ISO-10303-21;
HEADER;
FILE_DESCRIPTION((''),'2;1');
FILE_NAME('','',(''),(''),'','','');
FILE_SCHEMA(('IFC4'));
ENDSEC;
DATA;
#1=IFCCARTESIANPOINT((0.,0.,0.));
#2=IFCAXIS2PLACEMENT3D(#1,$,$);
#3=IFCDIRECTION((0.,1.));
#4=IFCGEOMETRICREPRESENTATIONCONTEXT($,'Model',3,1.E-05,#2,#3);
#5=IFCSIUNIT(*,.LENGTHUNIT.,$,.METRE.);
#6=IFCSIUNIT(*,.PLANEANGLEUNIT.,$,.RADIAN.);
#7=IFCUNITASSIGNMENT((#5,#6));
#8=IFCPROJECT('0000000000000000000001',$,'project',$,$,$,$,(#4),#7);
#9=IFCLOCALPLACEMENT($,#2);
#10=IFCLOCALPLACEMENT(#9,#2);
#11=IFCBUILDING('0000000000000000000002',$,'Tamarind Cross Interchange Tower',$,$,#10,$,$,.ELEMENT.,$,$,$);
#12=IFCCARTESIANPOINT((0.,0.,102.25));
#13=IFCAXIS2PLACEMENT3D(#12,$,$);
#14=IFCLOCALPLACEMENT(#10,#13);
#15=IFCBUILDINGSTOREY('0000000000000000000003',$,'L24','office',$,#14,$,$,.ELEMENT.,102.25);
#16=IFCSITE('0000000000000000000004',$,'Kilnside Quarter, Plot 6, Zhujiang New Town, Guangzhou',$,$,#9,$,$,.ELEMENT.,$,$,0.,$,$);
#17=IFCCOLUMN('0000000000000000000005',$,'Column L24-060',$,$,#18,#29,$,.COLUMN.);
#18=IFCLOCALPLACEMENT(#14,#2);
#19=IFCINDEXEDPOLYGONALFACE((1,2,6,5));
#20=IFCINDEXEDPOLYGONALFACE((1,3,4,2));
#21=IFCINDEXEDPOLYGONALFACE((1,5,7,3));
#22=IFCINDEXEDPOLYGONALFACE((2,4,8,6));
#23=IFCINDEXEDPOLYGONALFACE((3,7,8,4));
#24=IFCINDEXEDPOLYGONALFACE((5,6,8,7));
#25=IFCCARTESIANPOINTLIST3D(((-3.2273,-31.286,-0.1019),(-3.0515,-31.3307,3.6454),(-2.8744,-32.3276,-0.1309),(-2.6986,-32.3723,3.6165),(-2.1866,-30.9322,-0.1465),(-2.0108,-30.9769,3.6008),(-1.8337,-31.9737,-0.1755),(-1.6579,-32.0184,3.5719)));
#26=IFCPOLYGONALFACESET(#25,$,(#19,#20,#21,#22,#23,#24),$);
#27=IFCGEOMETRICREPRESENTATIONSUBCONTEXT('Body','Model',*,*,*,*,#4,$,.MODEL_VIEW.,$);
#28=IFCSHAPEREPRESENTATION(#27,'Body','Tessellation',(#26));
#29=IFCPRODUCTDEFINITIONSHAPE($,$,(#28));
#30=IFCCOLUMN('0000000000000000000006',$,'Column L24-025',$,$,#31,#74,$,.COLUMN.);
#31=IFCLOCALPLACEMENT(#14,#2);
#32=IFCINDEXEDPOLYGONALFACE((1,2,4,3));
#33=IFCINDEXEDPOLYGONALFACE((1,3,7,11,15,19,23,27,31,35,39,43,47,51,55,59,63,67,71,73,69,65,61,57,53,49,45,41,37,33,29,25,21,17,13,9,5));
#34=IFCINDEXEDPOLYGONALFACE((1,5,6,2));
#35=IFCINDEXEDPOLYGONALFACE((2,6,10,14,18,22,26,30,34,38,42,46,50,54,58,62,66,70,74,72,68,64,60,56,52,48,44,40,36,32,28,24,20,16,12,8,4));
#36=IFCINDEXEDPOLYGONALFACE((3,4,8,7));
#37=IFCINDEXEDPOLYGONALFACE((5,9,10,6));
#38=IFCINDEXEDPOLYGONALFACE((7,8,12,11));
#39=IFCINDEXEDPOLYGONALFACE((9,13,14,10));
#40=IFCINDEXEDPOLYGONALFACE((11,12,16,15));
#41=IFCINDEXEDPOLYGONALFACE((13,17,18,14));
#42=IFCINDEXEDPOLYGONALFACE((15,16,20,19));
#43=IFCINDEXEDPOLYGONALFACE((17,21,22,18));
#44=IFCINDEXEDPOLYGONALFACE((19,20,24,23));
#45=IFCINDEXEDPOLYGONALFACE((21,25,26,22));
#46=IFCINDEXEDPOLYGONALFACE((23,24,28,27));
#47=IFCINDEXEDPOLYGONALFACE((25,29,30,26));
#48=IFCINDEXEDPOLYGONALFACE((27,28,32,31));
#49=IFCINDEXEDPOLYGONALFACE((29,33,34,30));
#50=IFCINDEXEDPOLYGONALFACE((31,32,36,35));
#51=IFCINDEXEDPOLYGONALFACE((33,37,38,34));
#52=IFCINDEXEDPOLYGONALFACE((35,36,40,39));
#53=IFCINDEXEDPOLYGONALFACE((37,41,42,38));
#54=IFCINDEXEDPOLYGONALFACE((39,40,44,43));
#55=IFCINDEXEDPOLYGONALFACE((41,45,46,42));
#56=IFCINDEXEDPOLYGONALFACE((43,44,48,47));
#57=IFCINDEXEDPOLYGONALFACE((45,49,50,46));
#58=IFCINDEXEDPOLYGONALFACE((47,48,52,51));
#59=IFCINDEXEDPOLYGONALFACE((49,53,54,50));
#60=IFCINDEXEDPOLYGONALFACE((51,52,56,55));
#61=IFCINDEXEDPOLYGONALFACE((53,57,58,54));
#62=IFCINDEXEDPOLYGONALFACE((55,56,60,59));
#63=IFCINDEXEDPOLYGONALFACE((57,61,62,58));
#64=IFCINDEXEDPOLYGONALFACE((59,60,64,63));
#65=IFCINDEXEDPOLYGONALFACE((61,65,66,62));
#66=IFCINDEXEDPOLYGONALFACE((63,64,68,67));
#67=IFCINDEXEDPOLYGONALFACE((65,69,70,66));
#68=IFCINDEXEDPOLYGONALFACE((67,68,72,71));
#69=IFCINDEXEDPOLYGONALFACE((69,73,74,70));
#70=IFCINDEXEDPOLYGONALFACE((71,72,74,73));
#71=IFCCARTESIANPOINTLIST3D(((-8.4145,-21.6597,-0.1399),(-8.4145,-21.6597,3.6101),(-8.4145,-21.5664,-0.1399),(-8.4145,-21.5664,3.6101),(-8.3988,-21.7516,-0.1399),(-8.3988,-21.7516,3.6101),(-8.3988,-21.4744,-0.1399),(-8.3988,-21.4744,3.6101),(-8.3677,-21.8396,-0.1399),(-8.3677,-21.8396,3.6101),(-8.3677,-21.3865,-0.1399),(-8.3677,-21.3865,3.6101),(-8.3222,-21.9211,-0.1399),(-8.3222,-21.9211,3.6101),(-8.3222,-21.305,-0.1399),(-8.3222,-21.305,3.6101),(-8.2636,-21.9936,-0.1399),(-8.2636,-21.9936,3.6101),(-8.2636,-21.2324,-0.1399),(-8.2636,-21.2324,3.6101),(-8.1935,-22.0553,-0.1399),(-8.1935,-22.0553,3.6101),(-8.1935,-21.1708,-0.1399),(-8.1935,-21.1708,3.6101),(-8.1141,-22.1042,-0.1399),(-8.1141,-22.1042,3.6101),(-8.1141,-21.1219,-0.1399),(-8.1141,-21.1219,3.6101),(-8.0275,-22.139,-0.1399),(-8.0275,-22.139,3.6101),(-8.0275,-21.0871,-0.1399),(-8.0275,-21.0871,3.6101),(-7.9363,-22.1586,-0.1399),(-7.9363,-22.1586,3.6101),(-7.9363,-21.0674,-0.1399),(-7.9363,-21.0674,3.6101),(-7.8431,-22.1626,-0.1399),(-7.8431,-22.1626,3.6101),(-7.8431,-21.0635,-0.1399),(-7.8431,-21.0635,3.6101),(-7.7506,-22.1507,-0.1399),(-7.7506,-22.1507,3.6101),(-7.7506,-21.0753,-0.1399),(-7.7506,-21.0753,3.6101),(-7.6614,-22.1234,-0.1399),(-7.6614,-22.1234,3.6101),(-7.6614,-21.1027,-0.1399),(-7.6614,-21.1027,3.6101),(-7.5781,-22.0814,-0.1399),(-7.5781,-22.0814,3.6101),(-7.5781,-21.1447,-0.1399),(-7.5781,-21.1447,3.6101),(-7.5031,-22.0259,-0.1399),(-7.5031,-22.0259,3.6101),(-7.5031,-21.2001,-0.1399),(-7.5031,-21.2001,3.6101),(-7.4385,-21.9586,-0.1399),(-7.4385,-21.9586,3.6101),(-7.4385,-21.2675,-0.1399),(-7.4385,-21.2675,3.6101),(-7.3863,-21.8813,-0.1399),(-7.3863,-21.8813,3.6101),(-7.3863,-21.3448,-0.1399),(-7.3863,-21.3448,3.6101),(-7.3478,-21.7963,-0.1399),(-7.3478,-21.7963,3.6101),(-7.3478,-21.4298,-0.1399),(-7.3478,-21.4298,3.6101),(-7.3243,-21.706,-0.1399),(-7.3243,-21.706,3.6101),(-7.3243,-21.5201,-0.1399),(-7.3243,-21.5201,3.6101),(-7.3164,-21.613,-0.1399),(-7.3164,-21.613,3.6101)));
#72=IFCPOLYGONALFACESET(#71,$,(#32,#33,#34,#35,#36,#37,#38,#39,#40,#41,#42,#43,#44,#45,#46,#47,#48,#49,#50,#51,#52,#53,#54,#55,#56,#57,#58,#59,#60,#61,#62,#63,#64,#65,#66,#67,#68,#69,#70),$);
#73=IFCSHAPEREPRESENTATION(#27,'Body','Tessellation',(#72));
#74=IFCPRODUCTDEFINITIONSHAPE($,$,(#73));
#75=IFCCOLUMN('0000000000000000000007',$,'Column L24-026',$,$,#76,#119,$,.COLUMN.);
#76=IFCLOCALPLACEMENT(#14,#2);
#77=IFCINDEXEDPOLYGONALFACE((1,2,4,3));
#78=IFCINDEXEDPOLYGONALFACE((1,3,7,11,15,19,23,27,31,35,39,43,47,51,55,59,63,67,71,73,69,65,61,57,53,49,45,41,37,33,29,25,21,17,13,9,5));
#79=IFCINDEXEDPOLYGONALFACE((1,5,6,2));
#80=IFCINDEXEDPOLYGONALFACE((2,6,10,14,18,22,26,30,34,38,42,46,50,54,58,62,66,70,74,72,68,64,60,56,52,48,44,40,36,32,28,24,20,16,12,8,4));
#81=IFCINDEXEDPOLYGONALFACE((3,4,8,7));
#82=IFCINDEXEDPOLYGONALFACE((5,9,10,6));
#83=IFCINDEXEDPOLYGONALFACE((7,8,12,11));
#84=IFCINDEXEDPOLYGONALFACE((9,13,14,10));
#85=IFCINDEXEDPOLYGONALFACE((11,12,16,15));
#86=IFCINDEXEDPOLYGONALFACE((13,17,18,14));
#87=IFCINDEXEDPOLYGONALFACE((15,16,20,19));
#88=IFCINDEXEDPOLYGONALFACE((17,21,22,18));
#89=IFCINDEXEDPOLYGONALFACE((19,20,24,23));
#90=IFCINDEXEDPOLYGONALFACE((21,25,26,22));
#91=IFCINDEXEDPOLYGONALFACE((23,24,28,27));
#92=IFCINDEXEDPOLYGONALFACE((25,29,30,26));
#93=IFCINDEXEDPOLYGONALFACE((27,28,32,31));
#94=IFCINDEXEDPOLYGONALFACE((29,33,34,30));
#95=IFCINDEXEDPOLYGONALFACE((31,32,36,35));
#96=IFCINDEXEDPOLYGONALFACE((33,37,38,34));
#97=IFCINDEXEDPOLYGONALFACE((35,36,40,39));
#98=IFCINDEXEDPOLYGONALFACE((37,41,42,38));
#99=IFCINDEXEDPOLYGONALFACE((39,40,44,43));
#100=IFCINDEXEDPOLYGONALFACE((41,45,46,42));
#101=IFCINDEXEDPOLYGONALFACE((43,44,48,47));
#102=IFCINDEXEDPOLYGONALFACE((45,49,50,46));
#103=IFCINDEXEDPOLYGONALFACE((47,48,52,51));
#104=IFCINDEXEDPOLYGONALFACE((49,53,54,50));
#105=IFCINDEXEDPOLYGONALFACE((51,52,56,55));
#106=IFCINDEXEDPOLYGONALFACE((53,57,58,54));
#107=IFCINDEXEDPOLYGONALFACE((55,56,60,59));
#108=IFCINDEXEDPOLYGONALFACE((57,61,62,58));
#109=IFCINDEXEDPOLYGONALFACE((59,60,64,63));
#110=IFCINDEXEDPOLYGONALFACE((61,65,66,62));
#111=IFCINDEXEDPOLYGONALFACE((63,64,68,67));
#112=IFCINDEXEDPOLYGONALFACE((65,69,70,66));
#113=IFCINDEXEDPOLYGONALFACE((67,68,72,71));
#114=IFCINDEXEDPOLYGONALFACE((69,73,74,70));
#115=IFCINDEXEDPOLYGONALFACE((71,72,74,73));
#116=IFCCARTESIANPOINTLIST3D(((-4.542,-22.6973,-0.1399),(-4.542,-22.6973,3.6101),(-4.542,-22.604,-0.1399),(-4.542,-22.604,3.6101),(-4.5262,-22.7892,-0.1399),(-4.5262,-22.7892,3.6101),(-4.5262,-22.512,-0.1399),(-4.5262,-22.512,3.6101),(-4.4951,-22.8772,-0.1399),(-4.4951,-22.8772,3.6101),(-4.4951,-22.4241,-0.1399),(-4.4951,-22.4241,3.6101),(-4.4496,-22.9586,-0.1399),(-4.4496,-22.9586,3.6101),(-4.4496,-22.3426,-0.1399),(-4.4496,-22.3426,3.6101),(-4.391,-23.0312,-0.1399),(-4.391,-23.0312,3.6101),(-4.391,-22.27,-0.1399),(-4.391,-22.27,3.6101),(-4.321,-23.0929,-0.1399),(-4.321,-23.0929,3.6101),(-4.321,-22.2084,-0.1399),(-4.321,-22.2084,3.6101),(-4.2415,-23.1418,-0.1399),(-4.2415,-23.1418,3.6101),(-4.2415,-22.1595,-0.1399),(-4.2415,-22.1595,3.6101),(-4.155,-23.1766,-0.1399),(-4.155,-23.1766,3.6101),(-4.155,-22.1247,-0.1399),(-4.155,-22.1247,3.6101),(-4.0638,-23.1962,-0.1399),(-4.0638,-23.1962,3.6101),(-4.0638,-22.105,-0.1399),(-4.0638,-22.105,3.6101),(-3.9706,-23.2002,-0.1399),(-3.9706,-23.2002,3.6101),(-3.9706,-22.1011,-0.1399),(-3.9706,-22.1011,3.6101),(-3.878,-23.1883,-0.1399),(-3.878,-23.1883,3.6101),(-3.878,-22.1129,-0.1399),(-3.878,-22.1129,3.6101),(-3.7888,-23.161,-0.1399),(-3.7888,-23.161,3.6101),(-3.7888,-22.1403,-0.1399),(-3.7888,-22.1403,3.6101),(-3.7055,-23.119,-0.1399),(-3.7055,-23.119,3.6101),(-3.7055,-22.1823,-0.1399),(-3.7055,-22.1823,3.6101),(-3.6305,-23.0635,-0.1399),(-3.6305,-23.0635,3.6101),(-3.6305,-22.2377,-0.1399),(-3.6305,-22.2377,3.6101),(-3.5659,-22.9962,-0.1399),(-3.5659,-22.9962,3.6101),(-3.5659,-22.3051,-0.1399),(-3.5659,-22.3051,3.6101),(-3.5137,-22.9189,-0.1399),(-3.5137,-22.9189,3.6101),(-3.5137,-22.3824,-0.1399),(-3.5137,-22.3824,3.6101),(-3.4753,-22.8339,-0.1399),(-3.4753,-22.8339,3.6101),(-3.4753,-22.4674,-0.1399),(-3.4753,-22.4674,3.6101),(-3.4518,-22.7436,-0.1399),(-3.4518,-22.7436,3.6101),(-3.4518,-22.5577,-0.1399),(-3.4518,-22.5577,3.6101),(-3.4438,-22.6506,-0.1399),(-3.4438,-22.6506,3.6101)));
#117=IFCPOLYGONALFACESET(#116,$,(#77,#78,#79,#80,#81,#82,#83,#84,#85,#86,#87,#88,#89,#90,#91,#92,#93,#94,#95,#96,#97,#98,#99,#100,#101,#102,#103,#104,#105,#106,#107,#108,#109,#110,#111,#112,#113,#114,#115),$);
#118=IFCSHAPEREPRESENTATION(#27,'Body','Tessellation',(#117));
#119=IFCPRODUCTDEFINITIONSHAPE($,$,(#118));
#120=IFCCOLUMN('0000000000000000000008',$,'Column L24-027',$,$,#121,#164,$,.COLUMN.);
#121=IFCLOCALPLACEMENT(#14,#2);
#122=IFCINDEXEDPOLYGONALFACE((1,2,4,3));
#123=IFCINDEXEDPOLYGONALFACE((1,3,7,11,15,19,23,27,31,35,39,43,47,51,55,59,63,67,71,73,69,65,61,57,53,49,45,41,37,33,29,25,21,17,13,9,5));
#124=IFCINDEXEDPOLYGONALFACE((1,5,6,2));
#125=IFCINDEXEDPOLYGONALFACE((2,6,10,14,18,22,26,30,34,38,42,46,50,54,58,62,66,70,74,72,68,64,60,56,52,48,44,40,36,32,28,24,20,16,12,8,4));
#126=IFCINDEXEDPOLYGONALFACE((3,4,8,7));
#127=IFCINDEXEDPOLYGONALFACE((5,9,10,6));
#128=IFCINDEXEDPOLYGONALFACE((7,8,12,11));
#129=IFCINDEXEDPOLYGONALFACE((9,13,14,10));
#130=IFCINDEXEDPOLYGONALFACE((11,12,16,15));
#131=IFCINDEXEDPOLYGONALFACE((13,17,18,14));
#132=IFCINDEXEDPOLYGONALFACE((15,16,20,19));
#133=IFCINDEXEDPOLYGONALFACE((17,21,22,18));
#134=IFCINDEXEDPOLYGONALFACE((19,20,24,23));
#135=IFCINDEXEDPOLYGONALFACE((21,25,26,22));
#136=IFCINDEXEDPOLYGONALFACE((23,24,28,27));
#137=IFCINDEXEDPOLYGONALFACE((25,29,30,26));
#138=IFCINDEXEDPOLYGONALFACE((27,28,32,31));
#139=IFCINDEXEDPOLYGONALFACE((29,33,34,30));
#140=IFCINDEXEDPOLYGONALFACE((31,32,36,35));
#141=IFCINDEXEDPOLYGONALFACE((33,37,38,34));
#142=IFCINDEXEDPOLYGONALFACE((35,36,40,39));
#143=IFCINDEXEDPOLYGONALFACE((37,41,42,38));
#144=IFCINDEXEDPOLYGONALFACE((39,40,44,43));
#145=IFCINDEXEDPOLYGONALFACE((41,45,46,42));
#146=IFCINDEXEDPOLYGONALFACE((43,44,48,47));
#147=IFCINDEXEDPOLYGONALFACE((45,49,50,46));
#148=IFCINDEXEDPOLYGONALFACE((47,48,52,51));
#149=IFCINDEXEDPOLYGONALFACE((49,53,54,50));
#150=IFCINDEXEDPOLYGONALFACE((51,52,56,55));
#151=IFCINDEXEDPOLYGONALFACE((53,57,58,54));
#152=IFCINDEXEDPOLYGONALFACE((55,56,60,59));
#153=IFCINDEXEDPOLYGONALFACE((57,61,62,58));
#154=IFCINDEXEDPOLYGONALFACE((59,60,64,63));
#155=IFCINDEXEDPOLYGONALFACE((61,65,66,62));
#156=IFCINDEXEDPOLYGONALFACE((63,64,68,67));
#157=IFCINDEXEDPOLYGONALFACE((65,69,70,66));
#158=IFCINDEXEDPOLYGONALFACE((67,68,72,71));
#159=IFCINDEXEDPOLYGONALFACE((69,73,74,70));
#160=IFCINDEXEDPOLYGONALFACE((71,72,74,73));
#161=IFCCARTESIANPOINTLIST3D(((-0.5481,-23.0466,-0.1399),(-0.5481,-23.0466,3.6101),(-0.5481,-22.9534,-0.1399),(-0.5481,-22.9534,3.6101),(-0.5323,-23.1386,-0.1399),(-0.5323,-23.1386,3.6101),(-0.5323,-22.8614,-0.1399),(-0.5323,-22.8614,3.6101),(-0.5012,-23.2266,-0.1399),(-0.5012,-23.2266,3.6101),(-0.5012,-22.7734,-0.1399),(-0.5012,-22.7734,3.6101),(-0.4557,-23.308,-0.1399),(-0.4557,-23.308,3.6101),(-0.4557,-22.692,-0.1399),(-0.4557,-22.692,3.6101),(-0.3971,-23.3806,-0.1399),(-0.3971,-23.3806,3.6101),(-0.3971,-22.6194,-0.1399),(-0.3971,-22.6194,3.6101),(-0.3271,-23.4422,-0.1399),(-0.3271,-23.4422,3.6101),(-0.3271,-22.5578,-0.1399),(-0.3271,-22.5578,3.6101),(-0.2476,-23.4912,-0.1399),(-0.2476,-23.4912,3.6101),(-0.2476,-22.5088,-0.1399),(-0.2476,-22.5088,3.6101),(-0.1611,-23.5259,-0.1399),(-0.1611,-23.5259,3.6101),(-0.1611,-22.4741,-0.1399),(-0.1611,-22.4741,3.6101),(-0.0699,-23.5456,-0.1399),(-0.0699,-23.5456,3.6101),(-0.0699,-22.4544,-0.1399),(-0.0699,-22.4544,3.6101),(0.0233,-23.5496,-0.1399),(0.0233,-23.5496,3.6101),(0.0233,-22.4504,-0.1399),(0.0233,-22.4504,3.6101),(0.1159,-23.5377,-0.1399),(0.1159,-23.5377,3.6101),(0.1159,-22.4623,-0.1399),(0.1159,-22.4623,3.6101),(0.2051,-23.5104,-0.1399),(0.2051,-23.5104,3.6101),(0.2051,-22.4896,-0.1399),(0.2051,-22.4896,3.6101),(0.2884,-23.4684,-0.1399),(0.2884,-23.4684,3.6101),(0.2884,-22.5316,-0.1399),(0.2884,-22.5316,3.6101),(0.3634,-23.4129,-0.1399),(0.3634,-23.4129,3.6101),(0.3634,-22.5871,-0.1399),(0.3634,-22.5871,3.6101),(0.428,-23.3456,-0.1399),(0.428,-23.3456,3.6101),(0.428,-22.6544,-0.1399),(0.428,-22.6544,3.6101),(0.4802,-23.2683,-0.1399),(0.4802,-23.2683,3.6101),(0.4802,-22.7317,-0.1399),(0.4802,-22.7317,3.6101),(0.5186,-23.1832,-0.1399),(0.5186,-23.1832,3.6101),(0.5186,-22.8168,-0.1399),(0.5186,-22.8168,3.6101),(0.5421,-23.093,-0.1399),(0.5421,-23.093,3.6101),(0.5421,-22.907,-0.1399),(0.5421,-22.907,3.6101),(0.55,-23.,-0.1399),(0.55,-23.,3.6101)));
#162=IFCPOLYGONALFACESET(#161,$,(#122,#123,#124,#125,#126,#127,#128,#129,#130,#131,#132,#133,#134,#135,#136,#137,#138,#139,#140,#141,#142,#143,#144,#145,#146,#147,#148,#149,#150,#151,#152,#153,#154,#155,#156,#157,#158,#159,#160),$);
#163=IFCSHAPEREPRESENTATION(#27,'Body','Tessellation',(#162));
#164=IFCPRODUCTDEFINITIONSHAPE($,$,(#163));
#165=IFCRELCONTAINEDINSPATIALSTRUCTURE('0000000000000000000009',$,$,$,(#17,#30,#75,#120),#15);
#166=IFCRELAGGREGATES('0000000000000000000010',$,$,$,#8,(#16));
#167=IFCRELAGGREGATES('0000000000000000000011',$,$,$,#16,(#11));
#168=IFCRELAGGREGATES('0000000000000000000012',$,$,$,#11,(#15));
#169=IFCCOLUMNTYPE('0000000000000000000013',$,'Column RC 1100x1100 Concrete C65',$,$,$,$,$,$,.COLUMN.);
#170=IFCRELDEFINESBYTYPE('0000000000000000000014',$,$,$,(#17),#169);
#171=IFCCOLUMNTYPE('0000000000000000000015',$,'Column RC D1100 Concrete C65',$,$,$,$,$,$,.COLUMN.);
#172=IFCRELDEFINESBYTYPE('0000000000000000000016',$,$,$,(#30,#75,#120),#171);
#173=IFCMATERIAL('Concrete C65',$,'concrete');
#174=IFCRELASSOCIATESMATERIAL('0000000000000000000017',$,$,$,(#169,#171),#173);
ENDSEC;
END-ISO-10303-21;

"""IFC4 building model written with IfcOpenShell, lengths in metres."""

from ifc_helpers import new_model, si_unit, direction, frame, origin, origin_2d, place, context, subcontext, project, spatial, rectangle, circle, extrude, material, material_profile, profile_set, type_object, element, save


model = new_model("IFC4")

# Units and contexts
model_context = context("Model", 3, precision=1e-05, world=origin(), true_north=direction((0.0, 1.0)))
body_context = subcontext(model_context, "Body", "Model", "MODEL_VIEW")
ifc_project = project(units=[si_unit("LENGTHUNIT", "METRE"), si_unit("PLANEANGLEUNIT", "RADIAN")], contexts=[model_context])

# Site, building, storey
site_placement = place(None, origin())
site = spatial("IfcSite", under=ifc_project, at=site_placement, Name="Kilnside Quarter, Plot 6, Zhujiang New Town, Guangzhou", CompositionType="ELEMENT", RefElevation=0.0)
building_placement = place(site_placement, origin())
building = spatial("IfcBuilding", under=site, at=building_placement, Name="Tamarind Cross Interchange Tower", CompositionType="ELEMENT")
storey_placement = place(building_placement, frame((0.0, 0.0, 102.25)))
storey = spatial("IfcBuildingStorey", under=building, at=storey_placement, Name="L24", Description="office", CompositionType="ELEMENT", Elevation=102.25)

# Columns
ifc_material_1 = material(Name="Concrete C65", Category="concrete")
ifc_material_profile_1 = material_profile(ifc_material_1, rectangle(XDim=1.1001, YDim=1.1001, at=origin_2d()), Name="RC 1100x1100")
ifc_profile_set_1 = profile_set([ifc_material_profile_1], Name="Concrete C65")
column_type_1 = type_object("IfcColumnType", Name="Column RC 1100x1100 Concrete C65", PredefinedType="COLUMN", material=ifc_profile_set_1)
column_placement = place(storey_placement, frame((-2.5305, -31.6299, -0.1387), z_axis=(0.046854, -0.011909, 0.998831), x_axis=(-0.320778, 0.946788, 0.026335)))
element("IfcColumn", 1, at=column_placement, inside=storey, type_object=column_type_1, Name="Column L24-060", PredefinedType="COLUMN", context=body_context, shape_type="SweptSolid", body=[
    extrude(rectangle(XDim=1.1001, YDim=1.1001, at=origin_2d()), origin(), (0.0, 0.0, 1.0), 3.7517),
])
ifc_material_profile_2 = material_profile(ifc_material_1, circle(Radius=0.55, at=origin_2d()), Name="RC D1100")
ifc_profile_set_2 = profile_set([ifc_material_profile_2], Name="Concrete C65")
column_type_2 = type_object("IfcColumnType", Name="Column RC D1100 Concrete C65", PredefinedType="COLUMN", material=ifc_profile_set_2)
for number, where, z_axis, x_axis, name in (
    (2, (-7.8665, -21.613, -0.1399), (0.0, 0.0, 1.0), (1.0, 0.0, 0.0), "Column L24-025"),
    (3, (-3.9939, -22.6506, -0.1399), (0.0, 0.0, 1.0), (1.0, 0.0, 0.0), "Column L24-026"),
    (4, (0.0, -23.0, -0.1399), (0.0, 0.0, 1.0), (1.0, 0.0, 0.0), "Column L24-027"),
):
    element("IfcColumn", number, at=place(storey_placement, frame(where, z_axis=z_axis, x_axis=x_axis)), inside=storey, type_object=column_type_2, Name=name, PredefinedType="COLUMN", context=body_context, shape_type="SweptSolid", body=[
        extrude(circle(Radius=0.55, at=origin_2d()), origin(), (0.0, 0.0, 1.0), 3.75),
    ])

save(model, "model.ifc")
